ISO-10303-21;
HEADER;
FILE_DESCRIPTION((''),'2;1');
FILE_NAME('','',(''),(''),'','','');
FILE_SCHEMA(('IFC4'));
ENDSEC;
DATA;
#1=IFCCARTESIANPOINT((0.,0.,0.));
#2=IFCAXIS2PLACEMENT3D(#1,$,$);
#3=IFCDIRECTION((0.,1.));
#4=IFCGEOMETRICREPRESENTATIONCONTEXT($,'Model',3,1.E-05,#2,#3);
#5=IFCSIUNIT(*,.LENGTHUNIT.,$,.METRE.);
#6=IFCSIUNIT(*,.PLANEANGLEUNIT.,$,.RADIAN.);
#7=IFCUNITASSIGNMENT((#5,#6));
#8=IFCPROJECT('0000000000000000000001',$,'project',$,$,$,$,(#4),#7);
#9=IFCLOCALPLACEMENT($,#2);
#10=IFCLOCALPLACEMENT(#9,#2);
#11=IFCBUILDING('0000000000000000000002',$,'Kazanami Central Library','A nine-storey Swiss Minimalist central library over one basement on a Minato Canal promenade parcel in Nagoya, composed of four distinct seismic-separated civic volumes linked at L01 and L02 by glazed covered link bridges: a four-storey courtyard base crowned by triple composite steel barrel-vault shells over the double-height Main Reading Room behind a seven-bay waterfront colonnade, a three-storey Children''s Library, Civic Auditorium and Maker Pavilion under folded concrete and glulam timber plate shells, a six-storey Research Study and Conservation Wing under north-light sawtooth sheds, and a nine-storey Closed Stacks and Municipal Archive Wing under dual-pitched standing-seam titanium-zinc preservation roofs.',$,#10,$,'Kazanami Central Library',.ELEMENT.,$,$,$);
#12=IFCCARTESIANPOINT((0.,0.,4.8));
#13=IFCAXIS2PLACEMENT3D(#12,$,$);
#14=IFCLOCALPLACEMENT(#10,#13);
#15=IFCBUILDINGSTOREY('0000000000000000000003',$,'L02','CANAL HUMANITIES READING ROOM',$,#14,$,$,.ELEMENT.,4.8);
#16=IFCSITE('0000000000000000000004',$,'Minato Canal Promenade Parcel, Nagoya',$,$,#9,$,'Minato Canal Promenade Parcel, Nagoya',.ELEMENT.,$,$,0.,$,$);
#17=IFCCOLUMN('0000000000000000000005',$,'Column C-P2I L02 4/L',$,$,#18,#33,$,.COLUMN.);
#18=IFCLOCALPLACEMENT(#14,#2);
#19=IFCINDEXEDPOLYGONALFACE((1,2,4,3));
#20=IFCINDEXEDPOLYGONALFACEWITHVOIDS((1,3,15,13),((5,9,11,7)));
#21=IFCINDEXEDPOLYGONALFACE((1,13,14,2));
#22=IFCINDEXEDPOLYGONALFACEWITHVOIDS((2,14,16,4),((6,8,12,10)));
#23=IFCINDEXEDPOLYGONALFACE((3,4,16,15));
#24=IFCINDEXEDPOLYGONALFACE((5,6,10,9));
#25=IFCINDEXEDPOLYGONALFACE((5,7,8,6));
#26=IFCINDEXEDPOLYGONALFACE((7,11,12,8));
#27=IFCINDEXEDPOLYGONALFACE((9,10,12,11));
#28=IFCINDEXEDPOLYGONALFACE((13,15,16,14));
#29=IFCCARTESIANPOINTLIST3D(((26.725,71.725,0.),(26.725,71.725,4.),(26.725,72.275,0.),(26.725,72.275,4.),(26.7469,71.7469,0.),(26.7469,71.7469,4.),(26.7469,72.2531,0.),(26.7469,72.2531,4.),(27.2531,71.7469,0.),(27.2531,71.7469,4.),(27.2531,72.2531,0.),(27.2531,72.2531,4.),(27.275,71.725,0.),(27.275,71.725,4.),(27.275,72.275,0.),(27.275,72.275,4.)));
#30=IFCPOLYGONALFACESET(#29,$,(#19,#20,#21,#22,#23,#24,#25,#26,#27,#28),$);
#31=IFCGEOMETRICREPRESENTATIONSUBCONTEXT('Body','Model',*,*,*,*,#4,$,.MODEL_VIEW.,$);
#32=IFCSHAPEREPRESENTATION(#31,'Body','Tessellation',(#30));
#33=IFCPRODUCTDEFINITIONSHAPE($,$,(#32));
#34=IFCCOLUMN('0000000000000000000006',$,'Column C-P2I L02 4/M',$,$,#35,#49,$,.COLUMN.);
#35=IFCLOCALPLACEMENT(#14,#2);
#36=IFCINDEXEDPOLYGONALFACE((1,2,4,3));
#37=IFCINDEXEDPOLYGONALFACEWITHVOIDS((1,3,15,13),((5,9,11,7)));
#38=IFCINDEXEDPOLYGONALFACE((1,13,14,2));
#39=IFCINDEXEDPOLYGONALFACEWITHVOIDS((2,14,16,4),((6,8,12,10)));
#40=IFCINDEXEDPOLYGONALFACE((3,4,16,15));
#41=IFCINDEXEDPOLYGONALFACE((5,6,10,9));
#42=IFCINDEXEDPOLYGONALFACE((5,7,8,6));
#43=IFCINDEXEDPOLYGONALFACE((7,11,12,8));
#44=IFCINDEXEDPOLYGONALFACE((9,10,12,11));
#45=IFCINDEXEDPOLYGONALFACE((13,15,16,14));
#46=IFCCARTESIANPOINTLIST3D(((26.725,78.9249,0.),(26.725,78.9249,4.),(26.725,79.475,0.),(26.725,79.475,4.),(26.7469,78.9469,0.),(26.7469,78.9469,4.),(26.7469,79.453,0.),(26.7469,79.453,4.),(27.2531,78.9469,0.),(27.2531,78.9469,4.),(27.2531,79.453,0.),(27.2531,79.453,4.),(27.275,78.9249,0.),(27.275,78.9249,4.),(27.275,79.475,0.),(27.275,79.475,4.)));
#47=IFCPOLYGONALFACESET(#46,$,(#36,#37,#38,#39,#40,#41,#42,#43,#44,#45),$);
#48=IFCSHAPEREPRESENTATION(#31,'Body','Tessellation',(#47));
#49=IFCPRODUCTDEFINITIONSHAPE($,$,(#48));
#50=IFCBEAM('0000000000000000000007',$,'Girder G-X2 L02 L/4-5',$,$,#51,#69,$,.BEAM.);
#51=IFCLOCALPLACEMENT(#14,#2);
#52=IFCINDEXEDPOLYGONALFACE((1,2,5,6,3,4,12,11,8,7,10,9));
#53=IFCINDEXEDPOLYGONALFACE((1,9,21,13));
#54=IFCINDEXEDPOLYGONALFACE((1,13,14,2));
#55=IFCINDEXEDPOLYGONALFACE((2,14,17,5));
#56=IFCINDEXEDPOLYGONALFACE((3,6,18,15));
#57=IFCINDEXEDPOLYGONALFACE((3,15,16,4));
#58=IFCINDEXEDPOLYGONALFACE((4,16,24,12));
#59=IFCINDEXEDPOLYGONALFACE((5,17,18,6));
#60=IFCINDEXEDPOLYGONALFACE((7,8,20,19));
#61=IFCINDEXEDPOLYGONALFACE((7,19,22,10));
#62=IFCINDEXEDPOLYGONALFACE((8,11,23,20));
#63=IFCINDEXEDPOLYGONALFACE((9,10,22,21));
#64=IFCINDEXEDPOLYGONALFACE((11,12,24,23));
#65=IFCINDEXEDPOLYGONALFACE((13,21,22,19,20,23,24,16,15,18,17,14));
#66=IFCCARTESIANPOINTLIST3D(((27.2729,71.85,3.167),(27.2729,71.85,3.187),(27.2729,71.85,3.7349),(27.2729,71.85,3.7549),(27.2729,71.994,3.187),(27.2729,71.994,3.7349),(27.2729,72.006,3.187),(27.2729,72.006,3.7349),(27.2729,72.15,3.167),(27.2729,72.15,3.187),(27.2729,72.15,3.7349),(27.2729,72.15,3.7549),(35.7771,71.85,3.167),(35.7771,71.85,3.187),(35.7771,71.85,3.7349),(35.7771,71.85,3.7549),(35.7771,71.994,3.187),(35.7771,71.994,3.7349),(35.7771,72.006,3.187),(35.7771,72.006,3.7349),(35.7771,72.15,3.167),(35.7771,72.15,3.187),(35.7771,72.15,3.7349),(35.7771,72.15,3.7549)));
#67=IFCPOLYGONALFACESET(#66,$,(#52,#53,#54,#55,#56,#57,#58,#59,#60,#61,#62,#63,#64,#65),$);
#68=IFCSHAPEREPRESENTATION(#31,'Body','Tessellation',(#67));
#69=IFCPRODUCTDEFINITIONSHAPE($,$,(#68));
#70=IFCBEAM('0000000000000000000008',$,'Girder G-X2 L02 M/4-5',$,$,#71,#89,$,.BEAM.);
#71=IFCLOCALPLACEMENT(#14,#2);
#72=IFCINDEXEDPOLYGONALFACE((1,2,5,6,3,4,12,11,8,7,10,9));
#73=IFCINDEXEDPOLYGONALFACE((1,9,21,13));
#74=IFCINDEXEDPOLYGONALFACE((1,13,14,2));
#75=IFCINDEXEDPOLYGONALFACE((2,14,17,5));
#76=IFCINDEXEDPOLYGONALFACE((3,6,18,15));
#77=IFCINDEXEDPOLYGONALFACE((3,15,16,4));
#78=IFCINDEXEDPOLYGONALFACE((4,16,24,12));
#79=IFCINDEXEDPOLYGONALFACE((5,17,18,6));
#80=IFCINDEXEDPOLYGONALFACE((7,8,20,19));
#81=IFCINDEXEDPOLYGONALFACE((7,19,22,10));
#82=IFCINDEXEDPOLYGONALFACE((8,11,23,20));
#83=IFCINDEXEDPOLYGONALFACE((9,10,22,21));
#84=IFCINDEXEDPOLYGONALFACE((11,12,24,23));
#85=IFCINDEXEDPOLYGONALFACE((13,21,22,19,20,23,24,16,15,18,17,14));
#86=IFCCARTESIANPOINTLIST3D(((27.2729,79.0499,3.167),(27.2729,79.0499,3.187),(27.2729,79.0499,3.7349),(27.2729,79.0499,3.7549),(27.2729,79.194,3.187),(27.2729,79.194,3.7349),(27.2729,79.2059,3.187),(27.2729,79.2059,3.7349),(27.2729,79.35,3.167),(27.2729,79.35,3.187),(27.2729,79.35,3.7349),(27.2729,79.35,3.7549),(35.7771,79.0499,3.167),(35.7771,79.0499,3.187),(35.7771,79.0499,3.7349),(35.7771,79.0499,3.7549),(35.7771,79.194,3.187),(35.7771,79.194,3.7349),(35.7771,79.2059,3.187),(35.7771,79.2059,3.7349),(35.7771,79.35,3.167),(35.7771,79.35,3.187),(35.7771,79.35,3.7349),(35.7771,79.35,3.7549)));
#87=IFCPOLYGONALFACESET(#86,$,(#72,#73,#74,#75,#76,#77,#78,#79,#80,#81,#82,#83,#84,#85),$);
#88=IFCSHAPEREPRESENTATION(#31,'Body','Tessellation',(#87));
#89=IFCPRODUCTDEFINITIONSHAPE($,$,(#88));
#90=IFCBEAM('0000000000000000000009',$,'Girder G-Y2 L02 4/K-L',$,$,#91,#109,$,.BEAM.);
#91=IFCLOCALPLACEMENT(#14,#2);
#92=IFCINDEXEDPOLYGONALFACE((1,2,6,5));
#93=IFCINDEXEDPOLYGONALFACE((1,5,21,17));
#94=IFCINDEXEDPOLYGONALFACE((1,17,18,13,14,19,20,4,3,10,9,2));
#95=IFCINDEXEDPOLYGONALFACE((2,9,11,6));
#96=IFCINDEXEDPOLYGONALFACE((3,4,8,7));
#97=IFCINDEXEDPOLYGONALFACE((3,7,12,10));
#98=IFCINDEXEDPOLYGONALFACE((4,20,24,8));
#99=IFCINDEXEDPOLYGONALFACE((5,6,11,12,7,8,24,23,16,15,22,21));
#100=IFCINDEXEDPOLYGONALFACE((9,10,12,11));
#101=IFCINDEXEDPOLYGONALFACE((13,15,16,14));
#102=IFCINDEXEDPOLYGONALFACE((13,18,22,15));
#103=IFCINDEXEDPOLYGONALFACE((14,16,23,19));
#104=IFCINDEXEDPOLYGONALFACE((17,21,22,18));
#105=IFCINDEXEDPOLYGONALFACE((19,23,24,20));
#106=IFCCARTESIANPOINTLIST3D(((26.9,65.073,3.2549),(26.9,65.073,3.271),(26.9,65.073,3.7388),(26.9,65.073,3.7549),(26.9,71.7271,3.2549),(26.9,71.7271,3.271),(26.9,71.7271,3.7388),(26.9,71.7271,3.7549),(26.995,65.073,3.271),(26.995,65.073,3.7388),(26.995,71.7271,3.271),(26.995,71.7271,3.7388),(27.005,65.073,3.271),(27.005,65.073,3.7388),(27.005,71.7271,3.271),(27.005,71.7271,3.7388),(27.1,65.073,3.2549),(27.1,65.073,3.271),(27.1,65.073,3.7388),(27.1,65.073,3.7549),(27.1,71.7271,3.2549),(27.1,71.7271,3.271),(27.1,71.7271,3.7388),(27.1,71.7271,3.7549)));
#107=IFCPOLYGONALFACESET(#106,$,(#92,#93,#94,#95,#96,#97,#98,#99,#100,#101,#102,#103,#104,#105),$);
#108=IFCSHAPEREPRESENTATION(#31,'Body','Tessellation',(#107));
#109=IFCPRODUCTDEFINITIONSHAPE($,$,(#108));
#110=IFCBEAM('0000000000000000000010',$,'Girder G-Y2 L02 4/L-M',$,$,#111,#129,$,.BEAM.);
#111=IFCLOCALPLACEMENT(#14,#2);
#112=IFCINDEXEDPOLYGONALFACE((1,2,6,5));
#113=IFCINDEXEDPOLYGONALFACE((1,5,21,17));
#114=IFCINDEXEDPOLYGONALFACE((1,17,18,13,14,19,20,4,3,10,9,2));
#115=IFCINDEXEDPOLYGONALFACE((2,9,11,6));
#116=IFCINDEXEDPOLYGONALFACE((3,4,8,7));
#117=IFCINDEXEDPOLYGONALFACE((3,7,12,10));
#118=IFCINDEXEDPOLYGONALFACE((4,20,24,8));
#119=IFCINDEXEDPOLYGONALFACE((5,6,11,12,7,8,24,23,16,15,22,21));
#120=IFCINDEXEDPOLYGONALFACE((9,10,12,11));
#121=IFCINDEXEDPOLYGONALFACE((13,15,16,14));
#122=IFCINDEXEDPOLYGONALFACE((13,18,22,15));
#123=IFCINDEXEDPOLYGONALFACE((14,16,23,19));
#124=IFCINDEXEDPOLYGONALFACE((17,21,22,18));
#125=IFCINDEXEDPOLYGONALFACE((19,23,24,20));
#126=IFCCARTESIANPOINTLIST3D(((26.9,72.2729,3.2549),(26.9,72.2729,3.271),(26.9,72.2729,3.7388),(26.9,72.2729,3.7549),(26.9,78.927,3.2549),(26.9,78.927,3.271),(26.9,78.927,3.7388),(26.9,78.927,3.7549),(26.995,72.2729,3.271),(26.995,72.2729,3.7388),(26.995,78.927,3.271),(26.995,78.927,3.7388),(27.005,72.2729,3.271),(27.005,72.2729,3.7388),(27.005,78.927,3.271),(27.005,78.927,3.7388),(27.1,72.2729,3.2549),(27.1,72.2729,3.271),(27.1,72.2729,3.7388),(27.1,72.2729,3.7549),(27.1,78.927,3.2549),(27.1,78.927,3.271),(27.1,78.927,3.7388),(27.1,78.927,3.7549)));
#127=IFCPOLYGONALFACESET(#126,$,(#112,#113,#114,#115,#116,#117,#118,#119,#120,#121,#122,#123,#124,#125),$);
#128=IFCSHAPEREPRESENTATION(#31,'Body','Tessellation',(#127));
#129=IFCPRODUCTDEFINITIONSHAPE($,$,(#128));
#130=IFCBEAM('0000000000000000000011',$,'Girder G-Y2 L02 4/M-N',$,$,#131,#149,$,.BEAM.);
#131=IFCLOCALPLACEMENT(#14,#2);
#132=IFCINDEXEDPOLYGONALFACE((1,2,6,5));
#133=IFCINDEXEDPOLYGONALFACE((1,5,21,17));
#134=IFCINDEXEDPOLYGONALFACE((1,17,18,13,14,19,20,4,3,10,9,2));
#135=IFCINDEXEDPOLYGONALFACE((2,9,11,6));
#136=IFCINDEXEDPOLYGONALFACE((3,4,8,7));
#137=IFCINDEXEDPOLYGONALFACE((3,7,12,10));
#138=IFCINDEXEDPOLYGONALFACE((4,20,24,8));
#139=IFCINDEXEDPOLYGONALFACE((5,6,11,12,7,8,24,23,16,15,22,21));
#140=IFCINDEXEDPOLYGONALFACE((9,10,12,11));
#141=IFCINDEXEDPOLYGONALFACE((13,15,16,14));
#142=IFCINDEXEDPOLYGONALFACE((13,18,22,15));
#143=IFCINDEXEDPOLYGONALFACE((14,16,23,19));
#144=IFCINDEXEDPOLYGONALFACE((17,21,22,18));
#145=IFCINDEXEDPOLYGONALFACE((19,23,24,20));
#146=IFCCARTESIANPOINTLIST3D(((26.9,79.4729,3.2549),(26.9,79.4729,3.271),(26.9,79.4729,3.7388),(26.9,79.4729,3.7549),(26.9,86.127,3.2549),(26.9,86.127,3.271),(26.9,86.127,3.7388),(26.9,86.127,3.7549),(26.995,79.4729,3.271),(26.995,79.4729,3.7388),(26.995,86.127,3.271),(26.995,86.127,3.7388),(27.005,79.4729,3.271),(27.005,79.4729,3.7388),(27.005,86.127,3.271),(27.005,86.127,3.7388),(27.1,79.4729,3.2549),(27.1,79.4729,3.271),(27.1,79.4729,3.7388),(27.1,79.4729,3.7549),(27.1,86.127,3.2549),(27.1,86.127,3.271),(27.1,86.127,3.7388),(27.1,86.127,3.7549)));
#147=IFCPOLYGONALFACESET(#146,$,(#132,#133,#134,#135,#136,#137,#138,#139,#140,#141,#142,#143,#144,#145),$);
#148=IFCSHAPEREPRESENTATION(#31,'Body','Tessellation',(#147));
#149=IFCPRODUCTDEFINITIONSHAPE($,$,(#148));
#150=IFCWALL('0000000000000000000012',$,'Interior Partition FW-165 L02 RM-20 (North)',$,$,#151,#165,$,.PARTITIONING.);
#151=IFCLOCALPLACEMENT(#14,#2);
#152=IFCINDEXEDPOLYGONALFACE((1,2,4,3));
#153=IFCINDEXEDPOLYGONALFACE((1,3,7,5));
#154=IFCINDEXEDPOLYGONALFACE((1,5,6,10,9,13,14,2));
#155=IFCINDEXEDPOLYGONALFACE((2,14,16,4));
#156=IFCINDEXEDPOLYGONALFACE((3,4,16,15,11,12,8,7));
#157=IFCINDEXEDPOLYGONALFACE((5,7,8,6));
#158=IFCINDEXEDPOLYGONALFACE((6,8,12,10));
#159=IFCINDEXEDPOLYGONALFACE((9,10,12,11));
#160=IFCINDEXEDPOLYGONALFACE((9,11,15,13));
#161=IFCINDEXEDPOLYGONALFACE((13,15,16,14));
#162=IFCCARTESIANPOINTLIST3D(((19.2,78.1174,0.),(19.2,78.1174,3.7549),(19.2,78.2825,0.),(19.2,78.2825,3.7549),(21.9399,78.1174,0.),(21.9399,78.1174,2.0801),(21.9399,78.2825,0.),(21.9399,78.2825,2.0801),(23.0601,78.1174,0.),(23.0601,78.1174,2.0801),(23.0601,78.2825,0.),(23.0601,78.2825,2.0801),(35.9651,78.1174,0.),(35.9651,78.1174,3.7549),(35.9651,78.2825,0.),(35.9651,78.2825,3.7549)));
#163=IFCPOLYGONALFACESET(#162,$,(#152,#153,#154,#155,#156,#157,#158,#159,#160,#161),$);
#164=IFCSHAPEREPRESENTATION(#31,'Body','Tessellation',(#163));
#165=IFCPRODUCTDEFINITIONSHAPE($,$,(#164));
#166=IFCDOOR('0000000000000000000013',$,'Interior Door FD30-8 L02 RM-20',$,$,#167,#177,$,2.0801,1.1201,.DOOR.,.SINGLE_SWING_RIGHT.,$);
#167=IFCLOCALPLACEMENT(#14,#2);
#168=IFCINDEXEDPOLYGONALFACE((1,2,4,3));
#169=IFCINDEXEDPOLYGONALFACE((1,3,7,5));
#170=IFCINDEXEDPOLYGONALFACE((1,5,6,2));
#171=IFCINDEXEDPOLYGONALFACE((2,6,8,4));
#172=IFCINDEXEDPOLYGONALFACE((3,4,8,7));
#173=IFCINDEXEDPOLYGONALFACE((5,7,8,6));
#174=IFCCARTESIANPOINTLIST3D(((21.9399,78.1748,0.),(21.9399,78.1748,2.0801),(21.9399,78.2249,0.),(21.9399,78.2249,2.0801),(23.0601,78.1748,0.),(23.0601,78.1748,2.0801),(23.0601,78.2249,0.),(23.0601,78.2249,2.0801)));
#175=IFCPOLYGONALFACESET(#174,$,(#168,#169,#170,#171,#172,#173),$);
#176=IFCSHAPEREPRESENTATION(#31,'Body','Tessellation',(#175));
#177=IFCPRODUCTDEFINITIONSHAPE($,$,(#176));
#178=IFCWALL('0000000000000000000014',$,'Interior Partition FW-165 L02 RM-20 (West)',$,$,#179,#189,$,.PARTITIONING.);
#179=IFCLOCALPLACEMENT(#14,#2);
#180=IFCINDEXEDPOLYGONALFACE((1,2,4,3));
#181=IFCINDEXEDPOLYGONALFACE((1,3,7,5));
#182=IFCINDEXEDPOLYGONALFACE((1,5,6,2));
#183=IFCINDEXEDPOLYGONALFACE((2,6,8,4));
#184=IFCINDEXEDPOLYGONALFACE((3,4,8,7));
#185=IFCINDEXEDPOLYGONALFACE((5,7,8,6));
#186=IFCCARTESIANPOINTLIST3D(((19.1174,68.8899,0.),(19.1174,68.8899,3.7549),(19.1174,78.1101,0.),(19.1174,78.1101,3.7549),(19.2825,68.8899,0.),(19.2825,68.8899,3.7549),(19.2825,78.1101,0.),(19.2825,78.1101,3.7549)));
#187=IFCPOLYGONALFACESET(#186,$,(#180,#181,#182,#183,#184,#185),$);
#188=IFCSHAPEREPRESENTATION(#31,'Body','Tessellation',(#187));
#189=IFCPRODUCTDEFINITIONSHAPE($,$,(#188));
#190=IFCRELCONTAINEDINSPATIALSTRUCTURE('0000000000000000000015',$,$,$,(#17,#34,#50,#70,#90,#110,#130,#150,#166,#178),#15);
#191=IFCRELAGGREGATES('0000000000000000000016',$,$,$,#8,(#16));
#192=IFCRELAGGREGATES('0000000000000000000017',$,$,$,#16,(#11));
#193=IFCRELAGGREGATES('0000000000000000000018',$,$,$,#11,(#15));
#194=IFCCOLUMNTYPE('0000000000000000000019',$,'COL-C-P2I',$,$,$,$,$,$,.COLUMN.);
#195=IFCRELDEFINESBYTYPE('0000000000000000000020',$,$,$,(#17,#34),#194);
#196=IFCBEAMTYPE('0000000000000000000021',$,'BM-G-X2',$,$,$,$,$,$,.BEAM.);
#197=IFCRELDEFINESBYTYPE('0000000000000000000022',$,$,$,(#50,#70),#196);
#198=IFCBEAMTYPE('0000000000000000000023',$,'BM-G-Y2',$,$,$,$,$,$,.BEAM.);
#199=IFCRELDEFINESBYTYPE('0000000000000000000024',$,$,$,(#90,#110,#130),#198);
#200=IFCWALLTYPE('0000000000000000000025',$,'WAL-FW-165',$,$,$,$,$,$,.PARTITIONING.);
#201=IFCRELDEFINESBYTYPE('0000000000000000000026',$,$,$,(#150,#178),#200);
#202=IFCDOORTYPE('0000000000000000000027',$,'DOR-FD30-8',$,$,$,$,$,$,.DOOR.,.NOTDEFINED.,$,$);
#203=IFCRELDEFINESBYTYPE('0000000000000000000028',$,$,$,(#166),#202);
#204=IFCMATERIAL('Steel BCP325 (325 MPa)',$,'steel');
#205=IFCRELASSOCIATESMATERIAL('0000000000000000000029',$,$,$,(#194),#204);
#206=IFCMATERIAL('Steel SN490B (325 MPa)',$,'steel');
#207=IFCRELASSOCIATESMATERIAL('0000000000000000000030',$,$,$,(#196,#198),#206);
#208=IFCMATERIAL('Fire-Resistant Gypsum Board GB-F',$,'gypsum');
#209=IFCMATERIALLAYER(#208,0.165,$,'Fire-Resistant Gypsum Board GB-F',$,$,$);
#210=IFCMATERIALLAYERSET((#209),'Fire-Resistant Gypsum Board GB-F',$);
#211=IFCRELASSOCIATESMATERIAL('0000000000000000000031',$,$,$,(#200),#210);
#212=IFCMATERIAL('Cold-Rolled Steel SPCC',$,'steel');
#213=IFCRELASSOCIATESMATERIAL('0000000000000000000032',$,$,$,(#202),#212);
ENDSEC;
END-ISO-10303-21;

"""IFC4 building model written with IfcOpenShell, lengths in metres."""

from ifc_helpers import new_model, si_unit, direction, frame, frame_2d, origin, origin_2d, place, context, subcontext, project, spatial, rectangle, hollow_rectangle, i_section, extrude, material, layer, layer_set, material_profile, profile_set, type_object, element, fill, save


model = new_model("IFC4")

# Units and contexts
model_context = context("Model", 3, precision=1e-05, world=origin(), true_north=direction((0.0, 1.0)))
body_context = subcontext(model_context, "Body", "Model", "MODEL_VIEW")
ifc_project = project(units=[si_unit("LENGTHUNIT", "METRE"), si_unit("PLANEANGLEUNIT", "RADIAN")], contexts=[model_context])

# Site, building, storey
site_placement = place(None, origin())
site = spatial("IfcSite", under=ifc_project, at=site_placement, Name="Minato Canal Promenade Parcel, Nagoya", LongName="Minato Canal Promenade Parcel, Nagoya", CompositionType="ELEMENT", RefElevation=0.0)
building_placement = place(site_placement, origin())
building = spatial("IfcBuilding", under=site, at=building_placement, Name="Kazanami Central Library", Description="A nine-storey Swiss Minimalist central library over one basement on a Minato Canal promenade parcel in Nagoya, composed of four distinct seismic-separated civic volumes linked at L01 and L02 by glazed covered link bridges: a four-storey courtyard base crowned by triple composite steel barrel-vault shells over the double-height Main Reading Room behind a seven-bay waterfront colonnade, a three-storey Children's Library, Civic Auditorium and Maker Pavilion under folded concrete and glulam timber plate shells, a six-storey Research Study and Conservation Wing under north-light sawtooth sheds, and a nine-storey Closed Stacks and Municipal Archive Wing under dual-pitched standing-seam titanium-zinc preservation roofs.", LongName="Kazanami Central Library", CompositionType="ELEMENT")
storey_placement = place(building_placement, frame((0.0, 0.0, 4.8)))
storey = spatial("IfcBuildingStorey", under=building, at=storey_placement, Name="L02", Description="CANAL HUMANITIES READING ROOM", CompositionType="ELEMENT", Elevation=4.8)

# Columns
ifc_material_1 = material(Name="Steel BCP325 (325 MPa)", Category="steel")
ifc_material_profile_1 = material_profile(ifc_material_1, hollow_rectangle(XDim=0.55, YDim=0.55, WallThickness=0.022, at=origin_2d()), Name="BCP-550x550x22")
ifc_profile_set_1 = profile_set([ifc_material_profile_1], Name="Steel BCP325 (325 MPa)")
column_type = type_object("IfcColumnType", Name="COL-C-P2I", PredefinedType="COLUMN", material=ifc_profile_set_1)
for number, where, z_axis, x_axis, name in (
    (1, (27.0, 72.0, 0.0), (0.0, 0.0, 1.0), (1.0, 0.0, 0.0), "Column C-P2I L02 4/L"),
    (2, (27.0, 79.2, 0.0), (0.0, 0.0, 1.0), (1.0, 0.0, 0.0), "Column C-P2I L02 4/M"),
):
    element("IfcColumn", number, at=place(storey_placement, frame(where, z_axis=z_axis, x_axis=x_axis)), inside=storey, type_object=column_type, Name=name, PredefinedType="COLUMN", context=body_context, shape_type="SweptSolid", body=[
        extrude(hollow_rectangle(XDim=0.55, YDim=0.55, WallThickness=0.022, at=origin_2d()), origin(), (0.0, 0.0, 1.0), 4.0),
    ])

# Beams
ifc_material_2 = material(Name="Steel SN490B (325 MPa)", Category="steel")
ifc_material_profile_2 = material_profile(ifc_material_2, i_section(OverallWidth=0.3, OverallDepth=0.5879, WebThickness=0.012, FlangeThickness=0.02, at=origin_2d()), Name="H-588x300x12x20")
ifc_profile_set_2 = profile_set([ifc_material_profile_2], Name="Steel SN490B (325 MPa)")
beam_type_1 = type_object("IfcBeamType", Name="BM-G-X2", PredefinedType="BEAM", material=ifc_profile_set_2)
for number, where, z_axis, x_axis, name in (
    (3, (27.2729, 72.0, 3.4609), (1.0, 0.0, 0.0), (0.0, 1.0, 0.0), "Girder G-X2 L02 L/4-5"),
    (4, (27.2729, 79.2, 3.4609), (1.0, 0.0, 0.0), (0.0, 1.0, 0.0), "Girder G-X2 L02 M/4-5"),
):
    element("IfcBeam", number, at=place(storey_placement, frame(where, z_axis=z_axis, x_axis=x_axis)), inside=storey, type_object=beam_type_1, Name=name, PredefinedType="BEAM", context=body_context, shape_type="SweptSolid", body=[
        extrude(i_section(OverallWidth=0.3, OverallDepth=0.5879, WebThickness=0.012, FlangeThickness=0.02, at=origin_2d()), origin(), (0.0, 0.0, 1.0), 8.5042),
    ])
ifc_material_profile_3 = material_profile(ifc_material_2, i_section(OverallWidth=0.2, OverallDepth=0.5, WebThickness=0.01, FlangeThickness=0.0161, at=origin_2d()), Name="H-500x200x10x16")
ifc_profile_set_3 = profile_set([ifc_material_profile_3], Name="Steel SN490B (325 MPa)")
beam_type_2 = type_object("IfcBeamType", Name="BM-G-Y2", PredefinedType="BEAM", material=ifc_profile_set_3)
for number, where, z_axis, x_axis, name in (
    (5, (27.0, 65.073, 3.5049), (0.0, 1.0, 0.0), (-1.0, 0.0, 0.0), "Girder G-Y2 L02 4/K-L"),
    (6, (27.0, 72.2729, 3.5049), (0.0, 1.0, 0.0), (-1.0, 0.0, 0.0), "Girder G-Y2 L02 4/L-M"),
    (7, (27.0, 79.4729, 3.5049), (0.0, 1.0, 0.0), (-1.0, 0.0, 0.0), "Girder G-Y2 L02 4/M-N"),
):
    element("IfcBeam", number, at=place(storey_placement, frame(where, z_axis=z_axis, x_axis=x_axis)), inside=storey, type_object=beam_type_2, Name=name, PredefinedType="BEAM", context=body_context, shape_type="SweptSolid", body=[
        extrude(i_section(OverallWidth=0.2, OverallDepth=0.5, WebThickness=0.01, FlangeThickness=0.0161, at=origin_2d()), origin(), (0.0, 0.0, 1.0), 6.6541),
    ])

# Wall, opening, door
ifc_material_3 = material(Name="Fire-Resistant Gypsum Board GB-F", Category="gypsum")
ifc_layer_1 = layer(ifc_material_3, 0.165, Name="Fire-Resistant Gypsum Board GB-F")
ifc_layer_set_1 = layer_set([ifc_layer_1], Name="Fire-Resistant Gypsum Board GB-F")
wall_type_1 = type_object("IfcWallType", Name="WAL-FW-165", PredefinedType="PARTITIONING", material=ifc_layer_set_1)
wall_1_placement = place(storey_placement, frame((19.2, 78.2, 0.0), z_axis=(0.0, 0.0, 1.0), x_axis=(1.0, 0.0, 0.0)))
wall_1 = element("IfcWall", 8, at=wall_1_placement, inside=storey, type_object=wall_type_1, Name="Interior Partition FW-165 L02 RM-20 (North)", PredefinedType="PARTITIONING", context=body_context, shape_type="SweptSolid", body=[
    extrude(rectangle(XDim=16.7651, YDim=0.165, at=frame_2d((8.3826, 0.0))), origin(), (0.0, 0.0, 1.0), 3.7549),
])
opening_1_placement = place(wall_1_placement, frame((2.74, 0.0, 0.0)))
opening_1 = element("IfcOpeningElement", 9, at=opening_1_placement, cuts=wall_1, PredefinedType="OPENING", context=body_context, shape_type="SweptSolid", body=[
    extrude(rectangle(XDim=1.1201, YDim=2.0801, at=frame_2d((0.5601, 1.04))), frame((0.0, 0.0945, 0.0), z_axis=(0.0, -1.0, 0.0), x_axis=(1.0, 0.0, 0.0)), (0.0, 0.0, 1.0), 0.189),
])
ifc_material_4 = material(Name="Cold-Rolled Steel SPCC", Category="steel")
door_type_1 = type_object("IfcDoorType", Name="DOR-FD30-8", OperationType="NOTDEFINED", PredefinedType="DOOR", material=ifc_material_4)
door_1_placement = place(opening_1_placement, origin())
door_1 = element("IfcDoor", 10, at=door_1_placement, inside=storey, type_object=door_type_1, Name="Interior Door FD30-8 L02 RM-20", OperationType="SINGLE_SWING_RIGHT", OverallHeight=2.0801, OverallWidth=1.1201, PredefinedType="DOOR", context=body_context, shape_type="SweptSolid", body=[
    extrude(rectangle(XDim=1.1201, YDim=2.0801, at=frame_2d((0.5601, 1.04))), frame((0.0, 0.0249, 0.0), z_axis=(0.0, -1.0, 0.0), x_axis=(1.0, 0.0, 0.0)), (0.0, 0.0, 1.0), 0.05),
])
fill(opening_1, door_1)

# Wall
wall_2_placement = place(storey_placement, frame((19.2, 68.8899, 0.0), z_axis=(0.0, 0.0, 1.0), x_axis=(0.0, 1.0, 0.0)))
element("IfcWall", 11, at=wall_2_placement, inside=storey, type_object=wall_type_1, Name="Interior Partition FW-165 L02 RM-20 (West)", PredefinedType="PARTITIONING", context=body_context, shape_type="SweptSolid", body=[
    extrude(rectangle(XDim=9.2202, YDim=0.165, at=frame_2d((4.6101, 0.0))), origin(), (0.0, 0.0, 1.0), 3.7549),
])

save(model, "model.ifc")
